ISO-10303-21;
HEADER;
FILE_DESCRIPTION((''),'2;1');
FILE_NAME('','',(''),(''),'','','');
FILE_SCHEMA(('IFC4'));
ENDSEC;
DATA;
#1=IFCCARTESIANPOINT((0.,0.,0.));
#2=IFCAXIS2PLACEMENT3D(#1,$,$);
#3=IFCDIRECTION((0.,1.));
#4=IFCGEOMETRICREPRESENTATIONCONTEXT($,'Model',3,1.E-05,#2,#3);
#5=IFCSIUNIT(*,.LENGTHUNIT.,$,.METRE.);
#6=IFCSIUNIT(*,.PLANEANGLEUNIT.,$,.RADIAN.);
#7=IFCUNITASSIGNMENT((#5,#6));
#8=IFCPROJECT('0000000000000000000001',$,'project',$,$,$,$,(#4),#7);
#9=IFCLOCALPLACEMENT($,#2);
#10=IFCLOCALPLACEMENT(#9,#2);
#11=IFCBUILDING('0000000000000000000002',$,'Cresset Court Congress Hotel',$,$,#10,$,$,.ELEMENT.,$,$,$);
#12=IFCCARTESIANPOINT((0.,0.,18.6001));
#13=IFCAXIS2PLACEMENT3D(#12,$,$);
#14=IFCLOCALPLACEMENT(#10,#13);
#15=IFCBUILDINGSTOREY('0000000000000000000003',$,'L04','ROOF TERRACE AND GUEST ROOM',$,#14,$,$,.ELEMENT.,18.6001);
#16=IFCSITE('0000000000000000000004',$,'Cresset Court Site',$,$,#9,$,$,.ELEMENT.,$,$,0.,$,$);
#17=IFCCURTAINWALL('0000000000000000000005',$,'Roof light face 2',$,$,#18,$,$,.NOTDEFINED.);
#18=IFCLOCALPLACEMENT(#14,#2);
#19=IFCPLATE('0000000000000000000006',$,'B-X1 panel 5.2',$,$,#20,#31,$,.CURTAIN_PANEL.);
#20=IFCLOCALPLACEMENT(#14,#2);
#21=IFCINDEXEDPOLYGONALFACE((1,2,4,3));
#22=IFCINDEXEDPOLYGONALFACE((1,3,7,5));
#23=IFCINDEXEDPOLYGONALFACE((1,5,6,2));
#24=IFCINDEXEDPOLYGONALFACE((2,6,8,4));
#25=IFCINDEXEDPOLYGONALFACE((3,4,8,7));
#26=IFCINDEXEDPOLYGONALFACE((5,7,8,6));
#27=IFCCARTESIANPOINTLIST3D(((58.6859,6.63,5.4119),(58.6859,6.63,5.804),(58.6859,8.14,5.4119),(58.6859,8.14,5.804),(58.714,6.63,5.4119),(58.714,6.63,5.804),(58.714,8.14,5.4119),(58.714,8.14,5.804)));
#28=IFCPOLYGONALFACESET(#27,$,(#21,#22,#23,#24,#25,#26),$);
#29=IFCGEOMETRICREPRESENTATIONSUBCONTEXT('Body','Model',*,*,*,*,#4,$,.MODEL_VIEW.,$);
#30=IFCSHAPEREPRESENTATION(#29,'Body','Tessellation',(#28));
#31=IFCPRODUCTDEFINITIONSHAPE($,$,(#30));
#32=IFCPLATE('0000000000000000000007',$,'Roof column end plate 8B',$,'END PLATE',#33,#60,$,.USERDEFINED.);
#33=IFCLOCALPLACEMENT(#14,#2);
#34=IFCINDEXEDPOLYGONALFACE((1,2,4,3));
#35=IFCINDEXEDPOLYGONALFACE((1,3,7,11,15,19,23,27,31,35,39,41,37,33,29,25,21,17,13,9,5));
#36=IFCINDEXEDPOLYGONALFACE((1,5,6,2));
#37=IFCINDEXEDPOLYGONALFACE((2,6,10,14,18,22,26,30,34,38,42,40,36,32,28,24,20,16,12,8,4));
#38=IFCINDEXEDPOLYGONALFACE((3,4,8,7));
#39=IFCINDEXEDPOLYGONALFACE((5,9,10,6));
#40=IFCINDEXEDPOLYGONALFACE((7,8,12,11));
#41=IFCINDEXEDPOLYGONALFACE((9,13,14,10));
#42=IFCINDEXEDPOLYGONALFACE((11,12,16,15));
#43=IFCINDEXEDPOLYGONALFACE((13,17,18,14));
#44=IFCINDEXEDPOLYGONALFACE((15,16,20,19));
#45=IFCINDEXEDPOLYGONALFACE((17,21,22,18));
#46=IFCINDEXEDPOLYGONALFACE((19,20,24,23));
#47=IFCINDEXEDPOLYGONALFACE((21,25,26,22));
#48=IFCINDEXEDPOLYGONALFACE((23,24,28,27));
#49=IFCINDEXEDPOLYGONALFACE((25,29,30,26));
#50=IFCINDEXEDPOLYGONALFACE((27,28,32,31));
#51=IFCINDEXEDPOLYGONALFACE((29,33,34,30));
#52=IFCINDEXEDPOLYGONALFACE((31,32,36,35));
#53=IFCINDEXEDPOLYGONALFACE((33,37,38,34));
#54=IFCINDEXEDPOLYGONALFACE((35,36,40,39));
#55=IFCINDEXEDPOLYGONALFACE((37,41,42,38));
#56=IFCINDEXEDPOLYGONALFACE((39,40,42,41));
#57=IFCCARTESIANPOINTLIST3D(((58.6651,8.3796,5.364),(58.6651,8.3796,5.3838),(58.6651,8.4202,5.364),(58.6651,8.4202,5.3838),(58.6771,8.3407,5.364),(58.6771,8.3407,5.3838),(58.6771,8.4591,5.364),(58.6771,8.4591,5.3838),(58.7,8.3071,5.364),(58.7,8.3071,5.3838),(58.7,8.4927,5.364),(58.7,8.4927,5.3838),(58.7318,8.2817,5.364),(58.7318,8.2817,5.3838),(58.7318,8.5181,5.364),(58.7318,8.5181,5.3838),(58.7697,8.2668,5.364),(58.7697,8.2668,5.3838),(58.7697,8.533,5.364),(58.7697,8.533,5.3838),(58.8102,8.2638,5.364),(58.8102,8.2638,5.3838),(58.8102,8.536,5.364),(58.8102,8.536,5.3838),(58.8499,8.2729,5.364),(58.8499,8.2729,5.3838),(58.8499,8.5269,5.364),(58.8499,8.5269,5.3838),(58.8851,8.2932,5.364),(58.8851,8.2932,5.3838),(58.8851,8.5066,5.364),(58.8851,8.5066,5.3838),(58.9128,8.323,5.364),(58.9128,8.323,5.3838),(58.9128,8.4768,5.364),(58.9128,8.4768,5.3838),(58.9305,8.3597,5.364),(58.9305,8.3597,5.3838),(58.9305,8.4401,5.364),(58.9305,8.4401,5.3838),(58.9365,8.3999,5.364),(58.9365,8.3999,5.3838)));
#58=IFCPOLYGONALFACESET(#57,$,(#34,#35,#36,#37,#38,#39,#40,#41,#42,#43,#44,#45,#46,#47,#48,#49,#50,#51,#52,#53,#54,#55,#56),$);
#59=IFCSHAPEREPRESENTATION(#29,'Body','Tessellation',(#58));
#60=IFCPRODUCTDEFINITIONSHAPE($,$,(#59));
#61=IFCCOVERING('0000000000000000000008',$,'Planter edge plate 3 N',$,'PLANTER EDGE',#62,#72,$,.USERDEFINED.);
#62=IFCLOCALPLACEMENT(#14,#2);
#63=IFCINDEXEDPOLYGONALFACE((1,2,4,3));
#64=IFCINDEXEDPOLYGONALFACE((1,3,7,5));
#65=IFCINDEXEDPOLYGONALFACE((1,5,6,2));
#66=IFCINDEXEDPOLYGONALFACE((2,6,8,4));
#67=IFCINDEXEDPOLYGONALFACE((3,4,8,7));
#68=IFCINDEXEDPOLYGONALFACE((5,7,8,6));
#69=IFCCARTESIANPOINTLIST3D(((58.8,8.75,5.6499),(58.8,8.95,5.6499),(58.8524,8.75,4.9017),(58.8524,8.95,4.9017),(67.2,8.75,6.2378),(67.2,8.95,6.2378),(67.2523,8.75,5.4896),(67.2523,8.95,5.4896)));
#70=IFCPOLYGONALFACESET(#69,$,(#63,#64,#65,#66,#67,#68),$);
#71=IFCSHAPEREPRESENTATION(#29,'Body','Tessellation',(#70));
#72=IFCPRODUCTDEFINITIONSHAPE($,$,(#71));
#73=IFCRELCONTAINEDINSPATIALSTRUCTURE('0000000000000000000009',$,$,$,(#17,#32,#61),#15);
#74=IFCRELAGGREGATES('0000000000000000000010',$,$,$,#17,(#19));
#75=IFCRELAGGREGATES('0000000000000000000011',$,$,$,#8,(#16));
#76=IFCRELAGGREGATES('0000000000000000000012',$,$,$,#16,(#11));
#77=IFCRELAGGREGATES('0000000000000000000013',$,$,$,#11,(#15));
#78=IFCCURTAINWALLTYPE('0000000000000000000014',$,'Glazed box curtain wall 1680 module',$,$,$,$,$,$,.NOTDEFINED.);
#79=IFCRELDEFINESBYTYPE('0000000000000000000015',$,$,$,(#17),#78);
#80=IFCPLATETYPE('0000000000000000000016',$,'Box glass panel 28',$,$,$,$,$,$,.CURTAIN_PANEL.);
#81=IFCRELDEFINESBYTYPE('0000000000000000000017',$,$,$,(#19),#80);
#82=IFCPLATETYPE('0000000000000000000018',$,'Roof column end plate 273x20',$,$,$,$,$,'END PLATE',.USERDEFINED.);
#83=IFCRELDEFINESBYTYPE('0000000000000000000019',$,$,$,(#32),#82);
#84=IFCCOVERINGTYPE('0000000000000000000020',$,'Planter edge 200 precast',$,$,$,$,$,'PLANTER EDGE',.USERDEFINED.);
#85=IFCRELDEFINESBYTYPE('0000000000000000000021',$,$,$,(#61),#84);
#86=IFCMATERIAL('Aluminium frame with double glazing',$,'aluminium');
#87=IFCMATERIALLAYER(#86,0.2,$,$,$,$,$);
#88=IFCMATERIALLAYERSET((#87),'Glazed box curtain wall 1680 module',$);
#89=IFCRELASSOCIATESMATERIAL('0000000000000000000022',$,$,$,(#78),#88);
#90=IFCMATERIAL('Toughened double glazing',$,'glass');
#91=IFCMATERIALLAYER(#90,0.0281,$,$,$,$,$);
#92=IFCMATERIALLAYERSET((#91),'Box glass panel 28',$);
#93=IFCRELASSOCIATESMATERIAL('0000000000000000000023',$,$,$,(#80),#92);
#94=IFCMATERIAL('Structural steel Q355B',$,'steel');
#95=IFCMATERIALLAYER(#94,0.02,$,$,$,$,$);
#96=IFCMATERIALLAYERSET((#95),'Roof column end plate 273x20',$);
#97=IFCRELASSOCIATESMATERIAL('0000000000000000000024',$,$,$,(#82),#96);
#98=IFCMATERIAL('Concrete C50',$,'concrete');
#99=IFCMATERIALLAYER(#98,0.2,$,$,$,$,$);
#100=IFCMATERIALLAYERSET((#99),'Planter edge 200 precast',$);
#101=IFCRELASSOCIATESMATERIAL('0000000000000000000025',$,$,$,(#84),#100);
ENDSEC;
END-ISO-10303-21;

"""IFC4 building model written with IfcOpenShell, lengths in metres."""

from ifc_helpers import new_model, si_unit, direction, frame, origin, origin_2d, place, context, subcontext, project, spatial, polyline, rectangle, circle, outline, extrude, material, layer, layer_set, type_object, element, aggregate, save


model = new_model("IFC4")

# Units and contexts
model_context = context("Model", 3, precision=1e-05, world=origin(), true_north=direction((0.0, 1.0)))
body_context = subcontext(model_context, "Body", "Model", "MODEL_VIEW")
ifc_project = project(units=[si_unit("LENGTHUNIT", "METRE"), si_unit("PLANEANGLEUNIT", "RADIAN")], contexts=[model_context])

# Site, building, storey
site_placement = place(None, origin())
site = spatial("IfcSite", under=ifc_project, at=site_placement, Name="Cresset Court Site", CompositionType="ELEMENT", RefElevation=0.0)
building_placement = place(site_placement, origin())
building = spatial("IfcBuilding", under=site, at=building_placement, Name="Cresset Court Congress Hotel", CompositionType="ELEMENT")
storey_placement = place(building_placement, frame((0.0, 0.0, 18.6001)))
storey = spatial("IfcBuildingStorey", under=building, at=storey_placement, Name="L04", Description="ROOF TERRACE AND GUEST ROOM", CompositionType="ELEMENT", Elevation=18.6001)

# Curtain wall
ifc_material_1 = material(Name="Aluminium frame with double glazing", Category="aluminium")
ifc_layer_1 = layer(ifc_material_1, 0.2)
ifc_layer_set_1 = layer_set([ifc_layer_1], Name="Glazed box curtain wall 1680 module")
curtain_wall_type = type_object("IfcCurtainWallType", Name="Glazed box curtain wall 1680 module", PredefinedType="NOTDEFINED", material=ifc_layer_set_1)
curtain_wall_placement = place(storey_placement, origin())
curtain_wall = element("IfcCurtainWall", 1, at=curtain_wall_placement, inside=storey, type_object=curtain_wall_type, Name="Roof light face 2", PredefinedType="NOTDEFINED")

# Plates
ifc_material_2 = material(Name="Toughened double glazing", Category="glass")
ifc_layer_2 = layer(ifc_material_2, 0.0281)
ifc_layer_set_2 = layer_set([ifc_layer_2], Name="Box glass panel 28")
plate_type_1 = type_object("IfcPlateType", Name="Box glass panel 28", PredefinedType="CURTAIN_PANEL", material=ifc_layer_set_2)
plate_1_placement = place(storey_placement, frame((58.7, 7.385, 5.4119), z_axis=(0.0, 0.0, 1.0), x_axis=(0.0, 1.0, 0.0)))
plate_1 = element("IfcPlate", 2, at=plate_1_placement, type_object=plate_type_1, Name="B-X1 panel 5.2", PredefinedType="CURTAIN_PANEL", context=body_context, shape_type="SweptSolid", body=[
    extrude(rectangle(XDim=1.51, YDim=0.0281, at=origin_2d()), origin(), (0.0, 0.0, 1.0), 0.3921),
])
aggregate(curtain_wall, [plate_1])
ifc_material_3 = material(Name="Structural steel Q355B", Category="steel")
ifc_layer_3 = layer(ifc_material_3, 0.02)
ifc_layer_set_3 = layer_set([ifc_layer_3], Name="Roof column end plate 273x20")
plate_type_2 = type_object("IfcPlateType", Name="Roof column end plate 273x20", ElementType="END PLATE", PredefinedType="USERDEFINED", material=ifc_layer_set_3)
plate_2_placement = place(storey_placement, frame((58.8, 8.3999, 5.364), z_axis=(0.0, 0.0, 1.0), x_axis=(1.0, 0.0, 0.0)))
element("IfcPlate", 3, at=plate_2_placement, inside=storey, type_object=plate_type_2, Name="Roof column end plate 8B", ObjectType="END PLATE", PredefinedType="USERDEFINED", context=body_context, shape_type="SweptSolid", body=[
    extrude(circle(Radius=0.1365, at=origin_2d()), origin(), (0.0, 0.0, 1.0), 0.0198),
])

# Covering
ifc_material_4 = material(Name="Concrete C50", Category="concrete")
ifc_layer_4 = layer(ifc_material_4, 0.2)
ifc_layer_set_4 = layer_set([ifc_layer_4], Name="Planter edge 200 precast")
covering_type = type_object("IfcCoveringType", Name="Planter edge 200 precast", ElementType="PLANTER EDGE", PredefinedType="USERDEFINED", material=ifc_layer_set_4)
covering_placement = place(storey_placement, frame((58.8, 8.75, 5.6499), z_axis=(-0.069817, 0.0, 0.99756), x_axis=(0.99756, 0.0, 0.069817)))
element("IfcCovering", 4, at=covering_placement, inside=storey, type_object=covering_type, Name="Planter edge plate 3 N", ObjectType="PLANTER EDGE", PredefinedType="USERDEFINED", context=body_context, shape_type="SweptSolid", body=[
    extrude(outline(polyline([(0.0, 0.0), (8.4204, 0.0), (8.4204, 0.2), (0.0, 0.2), (0.0, 0.0)])), origin(), (0.0, 0.0, -1.0), 0.75),
])

save(model, "model.ifc")
